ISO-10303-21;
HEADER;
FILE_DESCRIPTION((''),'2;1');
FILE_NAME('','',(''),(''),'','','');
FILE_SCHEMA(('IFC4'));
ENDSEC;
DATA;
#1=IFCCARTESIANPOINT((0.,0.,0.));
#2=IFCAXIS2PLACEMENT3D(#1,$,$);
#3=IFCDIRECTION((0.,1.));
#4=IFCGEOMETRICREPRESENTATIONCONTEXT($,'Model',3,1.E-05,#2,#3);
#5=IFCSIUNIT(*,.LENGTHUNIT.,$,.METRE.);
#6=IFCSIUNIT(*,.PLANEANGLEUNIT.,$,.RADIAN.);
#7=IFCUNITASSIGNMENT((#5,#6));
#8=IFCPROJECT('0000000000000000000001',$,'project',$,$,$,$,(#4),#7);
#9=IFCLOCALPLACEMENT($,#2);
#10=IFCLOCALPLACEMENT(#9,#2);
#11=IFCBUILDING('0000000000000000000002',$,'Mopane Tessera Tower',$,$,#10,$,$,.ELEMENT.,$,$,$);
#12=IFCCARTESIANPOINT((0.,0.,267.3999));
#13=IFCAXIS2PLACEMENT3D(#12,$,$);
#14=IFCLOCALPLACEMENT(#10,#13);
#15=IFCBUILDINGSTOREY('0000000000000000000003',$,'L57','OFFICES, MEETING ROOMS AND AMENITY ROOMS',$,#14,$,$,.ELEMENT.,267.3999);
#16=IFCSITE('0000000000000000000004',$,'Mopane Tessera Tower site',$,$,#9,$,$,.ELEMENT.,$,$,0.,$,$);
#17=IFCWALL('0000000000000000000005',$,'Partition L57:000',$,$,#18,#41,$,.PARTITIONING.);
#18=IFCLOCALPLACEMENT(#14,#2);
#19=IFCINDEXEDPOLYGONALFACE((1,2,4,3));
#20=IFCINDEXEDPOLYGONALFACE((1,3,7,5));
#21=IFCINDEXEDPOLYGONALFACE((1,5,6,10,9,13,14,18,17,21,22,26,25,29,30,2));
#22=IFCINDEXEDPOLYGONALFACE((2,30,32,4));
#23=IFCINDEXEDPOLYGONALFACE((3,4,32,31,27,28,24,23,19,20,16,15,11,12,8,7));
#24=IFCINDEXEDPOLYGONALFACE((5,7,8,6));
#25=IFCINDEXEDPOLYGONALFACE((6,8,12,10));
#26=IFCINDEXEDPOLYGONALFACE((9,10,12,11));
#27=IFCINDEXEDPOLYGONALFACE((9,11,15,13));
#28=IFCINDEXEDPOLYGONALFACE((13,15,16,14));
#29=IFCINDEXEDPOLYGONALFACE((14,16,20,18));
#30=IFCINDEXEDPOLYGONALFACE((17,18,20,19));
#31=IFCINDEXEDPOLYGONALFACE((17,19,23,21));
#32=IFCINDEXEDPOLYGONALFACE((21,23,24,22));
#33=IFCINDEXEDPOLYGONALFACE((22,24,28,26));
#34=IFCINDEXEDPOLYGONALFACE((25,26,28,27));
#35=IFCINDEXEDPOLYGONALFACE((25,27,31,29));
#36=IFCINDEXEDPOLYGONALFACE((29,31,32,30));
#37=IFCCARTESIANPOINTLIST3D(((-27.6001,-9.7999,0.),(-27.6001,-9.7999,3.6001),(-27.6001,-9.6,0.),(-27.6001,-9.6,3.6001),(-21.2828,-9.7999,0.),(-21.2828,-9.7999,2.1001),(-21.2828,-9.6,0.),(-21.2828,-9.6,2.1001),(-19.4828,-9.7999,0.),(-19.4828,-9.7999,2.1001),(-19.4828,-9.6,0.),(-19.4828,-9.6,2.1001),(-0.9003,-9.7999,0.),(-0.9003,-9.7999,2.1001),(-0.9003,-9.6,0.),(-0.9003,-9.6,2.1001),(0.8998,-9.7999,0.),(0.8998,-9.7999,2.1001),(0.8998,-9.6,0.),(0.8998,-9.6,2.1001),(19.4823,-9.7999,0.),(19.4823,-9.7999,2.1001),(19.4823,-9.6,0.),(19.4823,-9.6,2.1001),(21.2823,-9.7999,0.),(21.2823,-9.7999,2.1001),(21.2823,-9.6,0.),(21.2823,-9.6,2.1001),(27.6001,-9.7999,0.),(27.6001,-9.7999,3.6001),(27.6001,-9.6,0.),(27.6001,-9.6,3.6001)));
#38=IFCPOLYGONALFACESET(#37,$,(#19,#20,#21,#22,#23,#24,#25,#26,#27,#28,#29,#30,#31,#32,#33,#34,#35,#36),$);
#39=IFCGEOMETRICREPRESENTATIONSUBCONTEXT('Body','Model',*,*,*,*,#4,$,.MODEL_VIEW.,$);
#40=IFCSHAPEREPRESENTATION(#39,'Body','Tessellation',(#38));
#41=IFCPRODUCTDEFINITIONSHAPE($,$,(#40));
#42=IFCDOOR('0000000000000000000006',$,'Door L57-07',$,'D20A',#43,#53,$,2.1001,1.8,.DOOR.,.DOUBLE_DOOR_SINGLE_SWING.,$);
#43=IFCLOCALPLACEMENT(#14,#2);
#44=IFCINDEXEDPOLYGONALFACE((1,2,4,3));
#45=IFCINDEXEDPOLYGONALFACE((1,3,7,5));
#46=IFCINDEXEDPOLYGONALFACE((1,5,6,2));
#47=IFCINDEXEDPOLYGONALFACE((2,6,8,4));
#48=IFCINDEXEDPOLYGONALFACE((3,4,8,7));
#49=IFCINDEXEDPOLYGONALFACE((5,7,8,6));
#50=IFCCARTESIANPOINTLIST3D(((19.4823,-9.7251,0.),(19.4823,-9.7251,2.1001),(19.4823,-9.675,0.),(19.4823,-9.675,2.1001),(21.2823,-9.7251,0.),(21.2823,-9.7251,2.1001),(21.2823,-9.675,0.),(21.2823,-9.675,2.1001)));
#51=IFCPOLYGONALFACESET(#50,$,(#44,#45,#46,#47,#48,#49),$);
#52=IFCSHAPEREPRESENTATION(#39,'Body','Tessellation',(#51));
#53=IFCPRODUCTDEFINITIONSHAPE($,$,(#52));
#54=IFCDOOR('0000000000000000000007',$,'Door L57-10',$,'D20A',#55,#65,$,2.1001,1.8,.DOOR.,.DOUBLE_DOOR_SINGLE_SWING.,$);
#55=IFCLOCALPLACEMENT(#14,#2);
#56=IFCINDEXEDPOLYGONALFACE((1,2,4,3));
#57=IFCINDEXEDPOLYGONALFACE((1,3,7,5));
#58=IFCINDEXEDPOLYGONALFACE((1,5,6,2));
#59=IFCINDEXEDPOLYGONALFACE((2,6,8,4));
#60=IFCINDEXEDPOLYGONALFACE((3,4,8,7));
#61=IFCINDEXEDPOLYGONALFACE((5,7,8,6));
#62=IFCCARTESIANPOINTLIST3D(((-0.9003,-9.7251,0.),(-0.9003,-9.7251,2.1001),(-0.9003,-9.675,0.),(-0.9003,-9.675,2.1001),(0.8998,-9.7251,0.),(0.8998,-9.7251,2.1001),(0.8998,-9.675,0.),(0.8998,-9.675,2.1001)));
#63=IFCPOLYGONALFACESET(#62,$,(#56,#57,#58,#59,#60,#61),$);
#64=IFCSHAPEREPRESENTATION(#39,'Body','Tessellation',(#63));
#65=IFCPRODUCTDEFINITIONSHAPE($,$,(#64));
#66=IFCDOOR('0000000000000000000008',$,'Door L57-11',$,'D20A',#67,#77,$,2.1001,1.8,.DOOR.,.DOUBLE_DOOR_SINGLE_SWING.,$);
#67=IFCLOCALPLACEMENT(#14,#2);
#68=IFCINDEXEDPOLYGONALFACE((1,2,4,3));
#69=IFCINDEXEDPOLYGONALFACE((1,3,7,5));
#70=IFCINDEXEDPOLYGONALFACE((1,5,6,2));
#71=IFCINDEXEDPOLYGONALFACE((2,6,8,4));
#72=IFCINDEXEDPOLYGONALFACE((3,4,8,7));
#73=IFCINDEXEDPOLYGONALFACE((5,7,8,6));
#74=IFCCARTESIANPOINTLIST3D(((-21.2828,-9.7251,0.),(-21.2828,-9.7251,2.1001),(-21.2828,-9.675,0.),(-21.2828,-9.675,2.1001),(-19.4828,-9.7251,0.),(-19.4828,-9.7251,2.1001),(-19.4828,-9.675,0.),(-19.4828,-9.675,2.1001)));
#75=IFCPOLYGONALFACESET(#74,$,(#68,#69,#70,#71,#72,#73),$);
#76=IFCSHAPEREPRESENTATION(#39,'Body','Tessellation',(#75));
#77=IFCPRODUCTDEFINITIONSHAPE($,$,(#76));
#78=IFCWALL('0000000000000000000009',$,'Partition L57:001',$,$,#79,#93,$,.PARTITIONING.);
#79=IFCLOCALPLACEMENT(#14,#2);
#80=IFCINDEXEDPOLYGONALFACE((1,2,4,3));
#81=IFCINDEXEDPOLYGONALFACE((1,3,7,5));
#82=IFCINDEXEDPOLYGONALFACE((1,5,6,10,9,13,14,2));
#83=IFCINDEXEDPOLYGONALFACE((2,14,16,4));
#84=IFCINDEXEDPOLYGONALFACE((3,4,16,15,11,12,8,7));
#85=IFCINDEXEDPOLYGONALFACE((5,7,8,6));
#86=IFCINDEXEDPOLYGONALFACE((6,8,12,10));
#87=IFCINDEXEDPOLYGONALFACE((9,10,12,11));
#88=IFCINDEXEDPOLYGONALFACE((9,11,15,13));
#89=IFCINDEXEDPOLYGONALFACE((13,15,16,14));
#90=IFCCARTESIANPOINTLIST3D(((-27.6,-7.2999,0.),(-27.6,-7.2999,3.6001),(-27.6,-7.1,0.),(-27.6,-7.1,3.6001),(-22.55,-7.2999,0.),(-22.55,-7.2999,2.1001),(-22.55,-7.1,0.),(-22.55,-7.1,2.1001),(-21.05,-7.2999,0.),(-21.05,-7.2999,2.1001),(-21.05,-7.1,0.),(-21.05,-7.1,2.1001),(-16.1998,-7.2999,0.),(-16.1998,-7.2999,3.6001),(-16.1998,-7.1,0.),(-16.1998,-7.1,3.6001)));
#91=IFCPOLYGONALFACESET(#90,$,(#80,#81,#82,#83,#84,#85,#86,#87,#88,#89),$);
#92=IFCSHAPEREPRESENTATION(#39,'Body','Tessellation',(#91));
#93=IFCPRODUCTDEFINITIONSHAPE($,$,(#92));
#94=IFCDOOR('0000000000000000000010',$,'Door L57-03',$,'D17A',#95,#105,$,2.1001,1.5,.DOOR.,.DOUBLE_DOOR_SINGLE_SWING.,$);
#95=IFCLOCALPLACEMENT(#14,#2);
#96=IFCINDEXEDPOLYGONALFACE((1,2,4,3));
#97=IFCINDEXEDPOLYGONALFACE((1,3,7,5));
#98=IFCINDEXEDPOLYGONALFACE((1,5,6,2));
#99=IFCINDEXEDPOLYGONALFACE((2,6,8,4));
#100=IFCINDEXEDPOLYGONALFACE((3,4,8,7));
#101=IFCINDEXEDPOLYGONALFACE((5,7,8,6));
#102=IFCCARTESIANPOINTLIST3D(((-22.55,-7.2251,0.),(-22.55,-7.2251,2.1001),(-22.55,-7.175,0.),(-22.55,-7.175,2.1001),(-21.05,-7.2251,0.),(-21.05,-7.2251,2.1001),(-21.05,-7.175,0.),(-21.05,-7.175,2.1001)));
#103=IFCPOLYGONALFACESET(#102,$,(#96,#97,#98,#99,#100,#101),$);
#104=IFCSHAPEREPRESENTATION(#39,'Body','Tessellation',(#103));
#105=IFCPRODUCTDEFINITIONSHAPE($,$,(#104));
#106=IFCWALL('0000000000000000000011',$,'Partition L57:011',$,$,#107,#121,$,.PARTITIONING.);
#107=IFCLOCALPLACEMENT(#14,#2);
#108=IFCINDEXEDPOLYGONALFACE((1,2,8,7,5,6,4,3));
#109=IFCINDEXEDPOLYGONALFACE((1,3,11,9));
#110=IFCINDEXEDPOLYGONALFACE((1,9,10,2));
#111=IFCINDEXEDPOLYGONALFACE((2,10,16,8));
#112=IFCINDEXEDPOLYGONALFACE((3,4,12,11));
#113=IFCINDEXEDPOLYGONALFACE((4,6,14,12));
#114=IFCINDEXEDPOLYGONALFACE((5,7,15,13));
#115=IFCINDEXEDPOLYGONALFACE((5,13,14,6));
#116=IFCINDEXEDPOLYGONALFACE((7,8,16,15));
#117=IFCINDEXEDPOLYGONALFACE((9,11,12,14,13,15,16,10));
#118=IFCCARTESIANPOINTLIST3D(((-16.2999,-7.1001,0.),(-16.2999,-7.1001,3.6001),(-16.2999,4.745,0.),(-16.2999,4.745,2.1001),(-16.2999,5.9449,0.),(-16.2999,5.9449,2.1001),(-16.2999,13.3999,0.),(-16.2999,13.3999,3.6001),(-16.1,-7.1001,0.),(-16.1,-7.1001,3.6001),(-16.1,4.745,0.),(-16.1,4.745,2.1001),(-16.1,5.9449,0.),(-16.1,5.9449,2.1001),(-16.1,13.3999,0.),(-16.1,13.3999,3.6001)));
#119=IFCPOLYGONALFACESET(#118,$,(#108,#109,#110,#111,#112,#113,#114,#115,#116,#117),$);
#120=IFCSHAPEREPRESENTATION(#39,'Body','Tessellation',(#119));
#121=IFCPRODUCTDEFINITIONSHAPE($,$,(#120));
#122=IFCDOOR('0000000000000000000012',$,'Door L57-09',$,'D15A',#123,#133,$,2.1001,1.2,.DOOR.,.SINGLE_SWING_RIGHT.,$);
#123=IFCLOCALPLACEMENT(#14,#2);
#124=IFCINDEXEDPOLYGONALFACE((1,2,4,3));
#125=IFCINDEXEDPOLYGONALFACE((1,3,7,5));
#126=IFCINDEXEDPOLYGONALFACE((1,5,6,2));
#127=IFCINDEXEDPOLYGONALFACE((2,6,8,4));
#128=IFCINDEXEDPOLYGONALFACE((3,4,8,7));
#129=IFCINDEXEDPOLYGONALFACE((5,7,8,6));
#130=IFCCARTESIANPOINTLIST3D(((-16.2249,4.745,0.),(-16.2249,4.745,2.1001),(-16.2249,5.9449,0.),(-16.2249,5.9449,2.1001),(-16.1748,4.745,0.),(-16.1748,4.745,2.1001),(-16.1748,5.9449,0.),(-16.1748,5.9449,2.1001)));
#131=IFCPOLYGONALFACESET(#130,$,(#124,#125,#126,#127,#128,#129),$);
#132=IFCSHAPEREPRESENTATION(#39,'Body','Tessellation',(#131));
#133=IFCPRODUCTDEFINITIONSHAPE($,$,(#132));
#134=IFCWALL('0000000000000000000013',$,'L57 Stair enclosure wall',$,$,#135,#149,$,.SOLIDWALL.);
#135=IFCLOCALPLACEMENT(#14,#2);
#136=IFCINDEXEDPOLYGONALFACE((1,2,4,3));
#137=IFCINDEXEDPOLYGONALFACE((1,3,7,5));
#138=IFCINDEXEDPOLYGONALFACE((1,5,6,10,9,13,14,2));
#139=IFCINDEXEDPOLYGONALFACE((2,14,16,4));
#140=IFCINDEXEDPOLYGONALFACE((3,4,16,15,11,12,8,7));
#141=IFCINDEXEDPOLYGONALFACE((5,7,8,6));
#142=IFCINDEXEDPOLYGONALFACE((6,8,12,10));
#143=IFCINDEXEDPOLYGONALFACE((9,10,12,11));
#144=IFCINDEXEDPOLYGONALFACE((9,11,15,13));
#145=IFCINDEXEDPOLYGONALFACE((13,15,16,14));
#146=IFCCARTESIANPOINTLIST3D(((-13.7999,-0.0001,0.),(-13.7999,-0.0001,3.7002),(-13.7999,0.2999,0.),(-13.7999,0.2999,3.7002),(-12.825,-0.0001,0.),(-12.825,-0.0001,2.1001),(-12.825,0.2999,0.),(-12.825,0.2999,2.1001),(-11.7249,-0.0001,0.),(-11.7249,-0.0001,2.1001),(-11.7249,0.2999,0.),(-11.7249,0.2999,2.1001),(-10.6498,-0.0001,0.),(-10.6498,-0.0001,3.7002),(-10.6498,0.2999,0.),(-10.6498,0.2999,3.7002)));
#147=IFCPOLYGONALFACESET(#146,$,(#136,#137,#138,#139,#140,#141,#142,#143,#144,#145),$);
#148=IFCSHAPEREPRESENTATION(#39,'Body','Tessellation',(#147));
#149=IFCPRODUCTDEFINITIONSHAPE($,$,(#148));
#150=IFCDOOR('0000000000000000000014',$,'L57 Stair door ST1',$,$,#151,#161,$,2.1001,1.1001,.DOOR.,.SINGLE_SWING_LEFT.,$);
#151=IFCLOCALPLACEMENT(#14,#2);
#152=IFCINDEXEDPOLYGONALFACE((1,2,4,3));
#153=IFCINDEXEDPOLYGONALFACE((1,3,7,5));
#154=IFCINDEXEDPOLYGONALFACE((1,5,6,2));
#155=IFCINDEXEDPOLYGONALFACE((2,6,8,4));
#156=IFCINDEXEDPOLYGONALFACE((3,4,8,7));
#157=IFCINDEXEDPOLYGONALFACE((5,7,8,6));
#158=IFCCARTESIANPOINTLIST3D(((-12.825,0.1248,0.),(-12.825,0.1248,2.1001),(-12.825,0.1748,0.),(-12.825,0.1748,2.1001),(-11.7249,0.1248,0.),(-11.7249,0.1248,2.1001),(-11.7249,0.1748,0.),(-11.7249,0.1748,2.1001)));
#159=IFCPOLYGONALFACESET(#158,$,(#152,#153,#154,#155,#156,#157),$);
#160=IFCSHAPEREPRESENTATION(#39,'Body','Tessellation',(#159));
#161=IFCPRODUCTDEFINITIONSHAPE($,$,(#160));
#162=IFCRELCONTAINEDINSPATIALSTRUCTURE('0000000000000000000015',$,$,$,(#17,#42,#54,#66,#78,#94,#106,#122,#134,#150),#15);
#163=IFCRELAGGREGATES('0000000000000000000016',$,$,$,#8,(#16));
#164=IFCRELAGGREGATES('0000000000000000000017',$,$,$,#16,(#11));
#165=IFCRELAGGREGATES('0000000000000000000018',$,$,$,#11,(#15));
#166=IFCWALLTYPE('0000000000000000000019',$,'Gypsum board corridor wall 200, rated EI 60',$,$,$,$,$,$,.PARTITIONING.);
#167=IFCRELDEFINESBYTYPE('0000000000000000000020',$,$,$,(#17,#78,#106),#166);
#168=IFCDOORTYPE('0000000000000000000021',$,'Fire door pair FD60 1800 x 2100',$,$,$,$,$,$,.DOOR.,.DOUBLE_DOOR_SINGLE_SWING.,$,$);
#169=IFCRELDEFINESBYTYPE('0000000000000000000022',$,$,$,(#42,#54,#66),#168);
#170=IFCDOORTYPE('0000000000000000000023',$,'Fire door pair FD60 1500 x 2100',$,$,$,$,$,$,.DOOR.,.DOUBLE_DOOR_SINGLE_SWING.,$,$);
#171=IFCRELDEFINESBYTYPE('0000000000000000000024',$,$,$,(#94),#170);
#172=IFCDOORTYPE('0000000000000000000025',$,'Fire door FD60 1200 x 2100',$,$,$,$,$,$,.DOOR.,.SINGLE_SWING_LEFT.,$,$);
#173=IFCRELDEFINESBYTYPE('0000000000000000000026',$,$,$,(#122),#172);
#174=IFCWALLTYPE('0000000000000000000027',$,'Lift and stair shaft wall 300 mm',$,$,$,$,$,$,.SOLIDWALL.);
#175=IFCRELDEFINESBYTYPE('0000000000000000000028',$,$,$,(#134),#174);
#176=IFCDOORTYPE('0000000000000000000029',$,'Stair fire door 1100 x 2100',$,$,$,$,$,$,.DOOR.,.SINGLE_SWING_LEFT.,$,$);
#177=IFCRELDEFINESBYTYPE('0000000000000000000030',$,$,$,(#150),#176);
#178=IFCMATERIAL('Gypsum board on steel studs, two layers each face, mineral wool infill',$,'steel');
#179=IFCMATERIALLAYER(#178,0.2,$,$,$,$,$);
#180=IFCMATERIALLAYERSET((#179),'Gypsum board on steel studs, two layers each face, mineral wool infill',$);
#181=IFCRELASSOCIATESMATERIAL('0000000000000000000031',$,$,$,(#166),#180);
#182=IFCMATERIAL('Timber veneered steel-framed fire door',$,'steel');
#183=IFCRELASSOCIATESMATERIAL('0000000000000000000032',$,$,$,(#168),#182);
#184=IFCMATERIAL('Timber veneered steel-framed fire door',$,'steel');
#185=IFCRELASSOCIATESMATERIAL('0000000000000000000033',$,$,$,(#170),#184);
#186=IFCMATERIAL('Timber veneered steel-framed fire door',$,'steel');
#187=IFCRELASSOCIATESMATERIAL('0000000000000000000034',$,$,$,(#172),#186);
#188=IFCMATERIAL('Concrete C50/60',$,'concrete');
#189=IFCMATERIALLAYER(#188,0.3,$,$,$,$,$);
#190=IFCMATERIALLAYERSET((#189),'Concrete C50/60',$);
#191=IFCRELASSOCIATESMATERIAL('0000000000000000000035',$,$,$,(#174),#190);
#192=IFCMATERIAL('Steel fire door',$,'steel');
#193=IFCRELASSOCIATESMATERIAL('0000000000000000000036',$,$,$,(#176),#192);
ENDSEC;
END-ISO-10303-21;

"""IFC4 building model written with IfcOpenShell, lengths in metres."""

from ifc_helpers import new_model, si_unit, direction, frame, frame_2d, origin, place, context, subcontext, project, spatial, rectangle, extrude, material, layer, layer_set, type_object, element, fill, save


model = new_model("IFC4")

# Units and contexts
model_context = context("Model", 3, precision=1e-05, world=origin(), true_north=direction((0.0, 1.0)))
body_context = subcontext(model_context, "Body", "Model", "MODEL_VIEW")
ifc_project = project(units=[si_unit("LENGTHUNIT", "METRE"), si_unit("PLANEANGLEUNIT", "RADIAN")], contexts=[model_context])

# Site, building, storey
site_placement = place(None, origin())
site = spatial("IfcSite", under=ifc_project, at=site_placement, Name="Mopane Tessera Tower site", CompositionType="ELEMENT", RefElevation=0.0)
building_placement = place(site_placement, origin())
building = spatial("IfcBuilding", under=site, at=building_placement, Name="Mopane Tessera Tower", CompositionType="ELEMENT")
storey_placement = place(building_placement, frame((0.0, 0.0, 267.3999)))
storey = spatial("IfcBuildingStorey", under=building, at=storey_placement, Name="L57", Description="OFFICES, MEETING ROOMS AND AMENITY ROOMS", CompositionType="ELEMENT", Elevation=267.3999)

# Wall, openings, doors
ifc_material_1 = material(Name="Gypsum board on steel studs, two layers each face, mineral wool infill", Category="steel")
ifc_layer_1 = layer(ifc_material_1, 0.2)
ifc_layer_set_1 = layer_set([ifc_layer_1], Name="Gypsum board on steel studs, two layers each face, mineral wool infill")
wall_type_1 = type_object("IfcWallType", Name="Gypsum board corridor wall 200, rated EI 60", PredefinedType="PARTITIONING", material=ifc_layer_set_1)
wall_1_placement = place(storey_placement, frame((-27.6001, -9.7, 0.0), z_axis=(0.0, 0.0, 1.0), x_axis=(1.0, 0.0, 0.0)))
wall_1 = element("IfcWall", 1, at=wall_1_placement, inside=storey, type_object=wall_type_1, Name="Partition L57:000", PredefinedType="PARTITIONING", context=body_context, shape_type="SweptSolid", body=[
    extrude(rectangle(XDim=55.2002, YDim=0.2, at=frame_2d((27.6001, 0.0))), origin(), (0.0, 0.0, 1.0), 3.6001),
])
opening_1_placement = place(wall_1_placement, frame((47.0825, 0.0, 0.0)))
opening_1 = element("IfcOpeningElement", 2, at=opening_1_placement, cuts=wall_1, PredefinedType="OPENING", context=body_context, shape_type="SweptSolid", body=[
    extrude(rectangle(XDim=1.8, YDim=2.1001, at=frame_2d((0.8999, 1.05))), frame((0.0, 0.1121, 0.0), z_axis=(0.0, -1.0, 0.0), x_axis=(1.0, 0.0, 0.0)), (0.0, 0.0, 1.0), 0.2239),
])
opening_2_placement = place(wall_1_placement, frame((26.7, 0.0, 0.0)))
opening_2 = element("IfcOpeningElement", 3, at=opening_2_placement, cuts=wall_1, PredefinedType="OPENING", context=body_context, shape_type="SweptSolid", body=[
    extrude(rectangle(XDim=1.8, YDim=2.1001, at=frame_2d((0.8999, 1.05))), frame((0.0, 0.1121, 0.0), z_axis=(0.0, -1.0, 0.0), x_axis=(1.0, 0.0, 0.0)), (0.0, 0.0, 1.0), 0.2239),
])
opening_3_placement = place(wall_1_placement, frame((6.3174, 0.0, 0.0)))
opening_3 = element("IfcOpeningElement", 4, at=opening_3_placement, cuts=wall_1, PredefinedType="OPENING", context=body_context, shape_type="SweptSolid", body=[
    extrude(rectangle(XDim=1.8, YDim=2.1001, at=frame_2d((0.8999, 1.05))), frame((0.0, 0.1121, 0.0), z_axis=(0.0, -1.0, 0.0), x_axis=(1.0, 0.0, 0.0)), (0.0, 0.0, 1.0), 0.2239),
])
ifc_material_2 = material(Name="Timber veneered steel-framed fire door", Category="steel")
door_type_1 = type_object("IfcDoorType", Name="Fire door pair FD60 1800 x 2100", OperationType="DOUBLE_DOOR_SINGLE_SWING", PredefinedType="DOOR", material=ifc_material_2)
door_1_placement = place(opening_1_placement, origin())
door_1 = element("IfcDoor", 5, at=door_1_placement, inside=storey, type_object=door_type_1, Name="Door L57-07", ObjectType="D20A", OperationType="DOUBLE_DOOR_SINGLE_SWING", OverallHeight=2.1001, OverallWidth=1.8, PredefinedType="DOOR", context=body_context, shape_type="SweptSolid", body=[
    extrude(rectangle(XDim=1.8, YDim=2.1001, at=frame_2d((0.8999, 1.05))), frame((0.0, 0.0249, 0.0), z_axis=(0.0, -1.0, 0.0), x_axis=(1.0, 0.0, 0.0)), (0.0, 0.0, 1.0), 0.05),
])
fill(opening_1, door_1)
door_2_placement = place(opening_2_placement, origin())
door_2 = element("IfcDoor", 6, at=door_2_placement, inside=storey, type_object=door_type_1, Name="Door L57-10", ObjectType="D20A", OperationType="DOUBLE_DOOR_SINGLE_SWING", OverallHeight=2.1001, OverallWidth=1.8, PredefinedType="DOOR", context=body_context, shape_type="SweptSolid", body=[
    extrude(rectangle(XDim=1.8, YDim=2.1001, at=frame_2d((0.8999, 1.05))), frame((0.0, 0.0249, 0.0), z_axis=(0.0, -1.0, 0.0), x_axis=(1.0, 0.0, 0.0)), (0.0, 0.0, 1.0), 0.05),
])
fill(opening_2, door_2)
door_3_placement = place(opening_3_placement, origin())
door_3 = element("IfcDoor", 7, at=door_3_placement, inside=storey, type_object=door_type_1, Name="Door L57-11", ObjectType="D20A", OperationType="DOUBLE_DOOR_SINGLE_SWING", OverallHeight=2.1001, OverallWidth=1.8, PredefinedType="DOOR", context=body_context, shape_type="SweptSolid", body=[
    extrude(rectangle(XDim=1.8, YDim=2.1001, at=frame_2d((0.8999, 1.05))), frame((0.0, 0.0249, 0.0), z_axis=(0.0, -1.0, 0.0), x_axis=(1.0, 0.0, 0.0)), (0.0, 0.0, 1.0), 0.05),
])
fill(opening_3, door_3)

# Walls, openings, doors
wall_2_placement = place(storey_placement, frame((-27.6001, -7.2, 0.0), z_axis=(0.0, 0.0, 1.0), x_axis=(1.0, 0.0, 0.0)))
wall_2 = element("IfcWall", 8, at=wall_2_placement, inside=storey, type_object=wall_type_1, Name="Partition L57:001", PredefinedType="PARTITIONING", context=body_context, shape_type="SweptSolid", body=[
    extrude(rectangle(XDim=11.4001, YDim=0.2, at=frame_2d((5.7002, 0.0))), origin(), (0.0, 0.0, 1.0), 3.6001),
])
opening_4_placement = place(wall_2_placement, frame((5.05, 0.0, 0.0)))
opening_4 = element("IfcOpeningElement", 9, at=opening_4_placement, cuts=wall_2, PredefinedType="OPENING", context=body_context, shape_type="SweptSolid", body=[
    extrude(rectangle(XDim=1.5, YDim=2.1001, at=frame_2d((0.75, 1.05))), frame((0.0, 0.1121, 0.0), z_axis=(0.0, -1.0, 0.0), x_axis=(1.0, 0.0, 0.0)), (0.0, 0.0, 1.0), 0.2239),
])
ifc_material_3 = material(Name="Timber veneered steel-framed fire door", Category="steel")
door_type_2 = type_object("IfcDoorType", Name="Fire door pair FD60 1500 x 2100", OperationType="DOUBLE_DOOR_SINGLE_SWING", PredefinedType="DOOR", material=ifc_material_3)
door_4_placement = place(opening_4_placement, origin())
door_4 = element("IfcDoor", 10, at=door_4_placement, inside=storey, type_object=door_type_2, Name="Door L57-03", ObjectType="D17A", OperationType="DOUBLE_DOOR_SINGLE_SWING", OverallHeight=2.1001, OverallWidth=1.5, PredefinedType="DOOR", context=body_context, shape_type="SweptSolid", body=[
    extrude(rectangle(XDim=1.5, YDim=2.1001, at=frame_2d((0.75, 1.05))), frame((0.0, 0.0249, 0.0), z_axis=(0.0, -1.0, 0.0), x_axis=(1.0, 0.0, 0.0)), (0.0, 0.0, 1.0), 0.05),
])
fill(opening_4, door_4)
wall_3_placement = place(storey_placement, frame((-16.2, -7.1001, 0.0), z_axis=(0.0, 0.0, 1.0), x_axis=(0.0, 1.0, 0.0)))
wall_3 = element("IfcWall", 11, at=wall_3_placement, inside=storey, type_object=wall_type_1, Name="Partition L57:011", PredefinedType="PARTITIONING", context=body_context, shape_type="SweptSolid", body=[
    extrude(rectangle(XDim=20.5, YDim=0.2, at=frame_2d((10.25, 0.0))), origin(), (0.0, 0.0, 1.0), 3.6001),
])
opening_5_placement = place(wall_3_placement, frame((11.845, 0.0, 0.0)))
opening_5 = element("IfcOpeningElement", 12, at=opening_5_placement, cuts=wall_3, PredefinedType="OPENING", context=body_context, shape_type="SweptSolid", body=[
    extrude(rectangle(XDim=1.2, YDim=2.1001, at=frame_2d((0.6001, 1.05))), frame((0.0, 0.1121, 0.0), z_axis=(0.0, -1.0, 0.0), x_axis=(1.0, 0.0, 0.0)), (0.0, 0.0, 1.0), 0.2239),
])
ifc_material_4 = material(Name="Timber veneered steel-framed fire door", Category="steel")
door_type_3 = type_object("IfcDoorType", Name="Fire door FD60 1200 x 2100", OperationType="SINGLE_SWING_LEFT", PredefinedType="DOOR", material=ifc_material_4)
door_5_placement = place(opening_5_placement, origin())
door_5 = element("IfcDoor", 13, at=door_5_placement, inside=storey, type_object=door_type_3, Name="Door L57-09", ObjectType="D15A", OperationType="SINGLE_SWING_RIGHT", OverallHeight=2.1001, OverallWidth=1.2, PredefinedType="DOOR", context=body_context, shape_type="SweptSolid", body=[
    extrude(rectangle(XDim=1.2, YDim=2.1001, at=frame_2d((0.6001, 1.05))), frame((0.0, 0.0249, 0.0), z_axis=(0.0, -1.0, 0.0), x_axis=(1.0, 0.0, 0.0)), (0.0, 0.0, 1.0), 0.05),
])
fill(opening_5, door_5)
ifc_material_5 = material(Name="Concrete C50/60", Category="concrete")
ifc_layer_2 = layer(ifc_material_5, 0.3)
ifc_layer_set_2 = layer_set([ifc_layer_2], Name="Concrete C50/60")
wall_type_2 = type_object("IfcWallType", Name="Lift and stair shaft wall 300 mm", PredefinedType="SOLIDWALL", material=ifc_layer_set_2)
wall_4_placement = place(storey_placement, frame((-13.8, 0.1499, 0.0), z_axis=(0.0, 0.0, 1.0), x_axis=(1.0, 0.0, 0.0)))
wall_4 = element("IfcWall", 14, at=wall_4_placement, inside=storey, type_object=wall_type_2, Name="L57 Stair enclosure wall", PredefinedType="SOLIDWALL", context=body_context, shape_type="SweptSolid", body=[
    extrude(rectangle(XDim=3.1501, YDim=0.3, at=frame_2d((1.5752, 0.0))), origin(), (0.0, 0.0, 1.0), 3.7002),
])
opening_6_placement = place(wall_4_placement, frame((0.9751, 0.0, 0.0)))
opening_6 = element("IfcOpeningElement", 15, at=opening_6_placement, cuts=wall_4, PredefinedType="OPENING", context=body_context, shape_type="SweptSolid", body=[
    extrude(rectangle(XDim=1.1001, YDim=2.1001, at=frame_2d((0.55, 1.05))), frame((0.0, 0.1621, 0.0), z_axis=(0.0, -1.0, 0.0), x_axis=(1.0, 0.0, 0.0)), (0.0, 0.0, 1.0), 0.324),
])
ifc_material_6 = material(Name="Steel fire door", Category="steel")
door_type_4 = type_object("IfcDoorType", Name="Stair fire door 1100 x 2100", OperationType="SINGLE_SWING_LEFT", PredefinedType="DOOR", material=ifc_material_6)
door_6_placement = place(opening_6_placement, origin())
door_6 = element("IfcDoor", 16, at=door_6_placement, inside=storey, type_object=door_type_4, Name="L57 Stair door ST1", OperationType="SINGLE_SWING_LEFT", OverallHeight=2.1001, OverallWidth=1.1001, PredefinedType="DOOR", context=body_context, shape_type="SweptSolid", body=[
    extrude(rectangle(XDim=1.1001, YDim=2.1001, at=frame_2d((0.55, 1.05))), frame((0.0, 0.0249, 0.0), z_axis=(0.0, -1.0, 0.0), x_axis=(1.0, 0.0, 0.0)), (0.0, 0.0, 1.0), 0.05),
])
fill(opening_6, door_6)

save(model, "model.ifc")
